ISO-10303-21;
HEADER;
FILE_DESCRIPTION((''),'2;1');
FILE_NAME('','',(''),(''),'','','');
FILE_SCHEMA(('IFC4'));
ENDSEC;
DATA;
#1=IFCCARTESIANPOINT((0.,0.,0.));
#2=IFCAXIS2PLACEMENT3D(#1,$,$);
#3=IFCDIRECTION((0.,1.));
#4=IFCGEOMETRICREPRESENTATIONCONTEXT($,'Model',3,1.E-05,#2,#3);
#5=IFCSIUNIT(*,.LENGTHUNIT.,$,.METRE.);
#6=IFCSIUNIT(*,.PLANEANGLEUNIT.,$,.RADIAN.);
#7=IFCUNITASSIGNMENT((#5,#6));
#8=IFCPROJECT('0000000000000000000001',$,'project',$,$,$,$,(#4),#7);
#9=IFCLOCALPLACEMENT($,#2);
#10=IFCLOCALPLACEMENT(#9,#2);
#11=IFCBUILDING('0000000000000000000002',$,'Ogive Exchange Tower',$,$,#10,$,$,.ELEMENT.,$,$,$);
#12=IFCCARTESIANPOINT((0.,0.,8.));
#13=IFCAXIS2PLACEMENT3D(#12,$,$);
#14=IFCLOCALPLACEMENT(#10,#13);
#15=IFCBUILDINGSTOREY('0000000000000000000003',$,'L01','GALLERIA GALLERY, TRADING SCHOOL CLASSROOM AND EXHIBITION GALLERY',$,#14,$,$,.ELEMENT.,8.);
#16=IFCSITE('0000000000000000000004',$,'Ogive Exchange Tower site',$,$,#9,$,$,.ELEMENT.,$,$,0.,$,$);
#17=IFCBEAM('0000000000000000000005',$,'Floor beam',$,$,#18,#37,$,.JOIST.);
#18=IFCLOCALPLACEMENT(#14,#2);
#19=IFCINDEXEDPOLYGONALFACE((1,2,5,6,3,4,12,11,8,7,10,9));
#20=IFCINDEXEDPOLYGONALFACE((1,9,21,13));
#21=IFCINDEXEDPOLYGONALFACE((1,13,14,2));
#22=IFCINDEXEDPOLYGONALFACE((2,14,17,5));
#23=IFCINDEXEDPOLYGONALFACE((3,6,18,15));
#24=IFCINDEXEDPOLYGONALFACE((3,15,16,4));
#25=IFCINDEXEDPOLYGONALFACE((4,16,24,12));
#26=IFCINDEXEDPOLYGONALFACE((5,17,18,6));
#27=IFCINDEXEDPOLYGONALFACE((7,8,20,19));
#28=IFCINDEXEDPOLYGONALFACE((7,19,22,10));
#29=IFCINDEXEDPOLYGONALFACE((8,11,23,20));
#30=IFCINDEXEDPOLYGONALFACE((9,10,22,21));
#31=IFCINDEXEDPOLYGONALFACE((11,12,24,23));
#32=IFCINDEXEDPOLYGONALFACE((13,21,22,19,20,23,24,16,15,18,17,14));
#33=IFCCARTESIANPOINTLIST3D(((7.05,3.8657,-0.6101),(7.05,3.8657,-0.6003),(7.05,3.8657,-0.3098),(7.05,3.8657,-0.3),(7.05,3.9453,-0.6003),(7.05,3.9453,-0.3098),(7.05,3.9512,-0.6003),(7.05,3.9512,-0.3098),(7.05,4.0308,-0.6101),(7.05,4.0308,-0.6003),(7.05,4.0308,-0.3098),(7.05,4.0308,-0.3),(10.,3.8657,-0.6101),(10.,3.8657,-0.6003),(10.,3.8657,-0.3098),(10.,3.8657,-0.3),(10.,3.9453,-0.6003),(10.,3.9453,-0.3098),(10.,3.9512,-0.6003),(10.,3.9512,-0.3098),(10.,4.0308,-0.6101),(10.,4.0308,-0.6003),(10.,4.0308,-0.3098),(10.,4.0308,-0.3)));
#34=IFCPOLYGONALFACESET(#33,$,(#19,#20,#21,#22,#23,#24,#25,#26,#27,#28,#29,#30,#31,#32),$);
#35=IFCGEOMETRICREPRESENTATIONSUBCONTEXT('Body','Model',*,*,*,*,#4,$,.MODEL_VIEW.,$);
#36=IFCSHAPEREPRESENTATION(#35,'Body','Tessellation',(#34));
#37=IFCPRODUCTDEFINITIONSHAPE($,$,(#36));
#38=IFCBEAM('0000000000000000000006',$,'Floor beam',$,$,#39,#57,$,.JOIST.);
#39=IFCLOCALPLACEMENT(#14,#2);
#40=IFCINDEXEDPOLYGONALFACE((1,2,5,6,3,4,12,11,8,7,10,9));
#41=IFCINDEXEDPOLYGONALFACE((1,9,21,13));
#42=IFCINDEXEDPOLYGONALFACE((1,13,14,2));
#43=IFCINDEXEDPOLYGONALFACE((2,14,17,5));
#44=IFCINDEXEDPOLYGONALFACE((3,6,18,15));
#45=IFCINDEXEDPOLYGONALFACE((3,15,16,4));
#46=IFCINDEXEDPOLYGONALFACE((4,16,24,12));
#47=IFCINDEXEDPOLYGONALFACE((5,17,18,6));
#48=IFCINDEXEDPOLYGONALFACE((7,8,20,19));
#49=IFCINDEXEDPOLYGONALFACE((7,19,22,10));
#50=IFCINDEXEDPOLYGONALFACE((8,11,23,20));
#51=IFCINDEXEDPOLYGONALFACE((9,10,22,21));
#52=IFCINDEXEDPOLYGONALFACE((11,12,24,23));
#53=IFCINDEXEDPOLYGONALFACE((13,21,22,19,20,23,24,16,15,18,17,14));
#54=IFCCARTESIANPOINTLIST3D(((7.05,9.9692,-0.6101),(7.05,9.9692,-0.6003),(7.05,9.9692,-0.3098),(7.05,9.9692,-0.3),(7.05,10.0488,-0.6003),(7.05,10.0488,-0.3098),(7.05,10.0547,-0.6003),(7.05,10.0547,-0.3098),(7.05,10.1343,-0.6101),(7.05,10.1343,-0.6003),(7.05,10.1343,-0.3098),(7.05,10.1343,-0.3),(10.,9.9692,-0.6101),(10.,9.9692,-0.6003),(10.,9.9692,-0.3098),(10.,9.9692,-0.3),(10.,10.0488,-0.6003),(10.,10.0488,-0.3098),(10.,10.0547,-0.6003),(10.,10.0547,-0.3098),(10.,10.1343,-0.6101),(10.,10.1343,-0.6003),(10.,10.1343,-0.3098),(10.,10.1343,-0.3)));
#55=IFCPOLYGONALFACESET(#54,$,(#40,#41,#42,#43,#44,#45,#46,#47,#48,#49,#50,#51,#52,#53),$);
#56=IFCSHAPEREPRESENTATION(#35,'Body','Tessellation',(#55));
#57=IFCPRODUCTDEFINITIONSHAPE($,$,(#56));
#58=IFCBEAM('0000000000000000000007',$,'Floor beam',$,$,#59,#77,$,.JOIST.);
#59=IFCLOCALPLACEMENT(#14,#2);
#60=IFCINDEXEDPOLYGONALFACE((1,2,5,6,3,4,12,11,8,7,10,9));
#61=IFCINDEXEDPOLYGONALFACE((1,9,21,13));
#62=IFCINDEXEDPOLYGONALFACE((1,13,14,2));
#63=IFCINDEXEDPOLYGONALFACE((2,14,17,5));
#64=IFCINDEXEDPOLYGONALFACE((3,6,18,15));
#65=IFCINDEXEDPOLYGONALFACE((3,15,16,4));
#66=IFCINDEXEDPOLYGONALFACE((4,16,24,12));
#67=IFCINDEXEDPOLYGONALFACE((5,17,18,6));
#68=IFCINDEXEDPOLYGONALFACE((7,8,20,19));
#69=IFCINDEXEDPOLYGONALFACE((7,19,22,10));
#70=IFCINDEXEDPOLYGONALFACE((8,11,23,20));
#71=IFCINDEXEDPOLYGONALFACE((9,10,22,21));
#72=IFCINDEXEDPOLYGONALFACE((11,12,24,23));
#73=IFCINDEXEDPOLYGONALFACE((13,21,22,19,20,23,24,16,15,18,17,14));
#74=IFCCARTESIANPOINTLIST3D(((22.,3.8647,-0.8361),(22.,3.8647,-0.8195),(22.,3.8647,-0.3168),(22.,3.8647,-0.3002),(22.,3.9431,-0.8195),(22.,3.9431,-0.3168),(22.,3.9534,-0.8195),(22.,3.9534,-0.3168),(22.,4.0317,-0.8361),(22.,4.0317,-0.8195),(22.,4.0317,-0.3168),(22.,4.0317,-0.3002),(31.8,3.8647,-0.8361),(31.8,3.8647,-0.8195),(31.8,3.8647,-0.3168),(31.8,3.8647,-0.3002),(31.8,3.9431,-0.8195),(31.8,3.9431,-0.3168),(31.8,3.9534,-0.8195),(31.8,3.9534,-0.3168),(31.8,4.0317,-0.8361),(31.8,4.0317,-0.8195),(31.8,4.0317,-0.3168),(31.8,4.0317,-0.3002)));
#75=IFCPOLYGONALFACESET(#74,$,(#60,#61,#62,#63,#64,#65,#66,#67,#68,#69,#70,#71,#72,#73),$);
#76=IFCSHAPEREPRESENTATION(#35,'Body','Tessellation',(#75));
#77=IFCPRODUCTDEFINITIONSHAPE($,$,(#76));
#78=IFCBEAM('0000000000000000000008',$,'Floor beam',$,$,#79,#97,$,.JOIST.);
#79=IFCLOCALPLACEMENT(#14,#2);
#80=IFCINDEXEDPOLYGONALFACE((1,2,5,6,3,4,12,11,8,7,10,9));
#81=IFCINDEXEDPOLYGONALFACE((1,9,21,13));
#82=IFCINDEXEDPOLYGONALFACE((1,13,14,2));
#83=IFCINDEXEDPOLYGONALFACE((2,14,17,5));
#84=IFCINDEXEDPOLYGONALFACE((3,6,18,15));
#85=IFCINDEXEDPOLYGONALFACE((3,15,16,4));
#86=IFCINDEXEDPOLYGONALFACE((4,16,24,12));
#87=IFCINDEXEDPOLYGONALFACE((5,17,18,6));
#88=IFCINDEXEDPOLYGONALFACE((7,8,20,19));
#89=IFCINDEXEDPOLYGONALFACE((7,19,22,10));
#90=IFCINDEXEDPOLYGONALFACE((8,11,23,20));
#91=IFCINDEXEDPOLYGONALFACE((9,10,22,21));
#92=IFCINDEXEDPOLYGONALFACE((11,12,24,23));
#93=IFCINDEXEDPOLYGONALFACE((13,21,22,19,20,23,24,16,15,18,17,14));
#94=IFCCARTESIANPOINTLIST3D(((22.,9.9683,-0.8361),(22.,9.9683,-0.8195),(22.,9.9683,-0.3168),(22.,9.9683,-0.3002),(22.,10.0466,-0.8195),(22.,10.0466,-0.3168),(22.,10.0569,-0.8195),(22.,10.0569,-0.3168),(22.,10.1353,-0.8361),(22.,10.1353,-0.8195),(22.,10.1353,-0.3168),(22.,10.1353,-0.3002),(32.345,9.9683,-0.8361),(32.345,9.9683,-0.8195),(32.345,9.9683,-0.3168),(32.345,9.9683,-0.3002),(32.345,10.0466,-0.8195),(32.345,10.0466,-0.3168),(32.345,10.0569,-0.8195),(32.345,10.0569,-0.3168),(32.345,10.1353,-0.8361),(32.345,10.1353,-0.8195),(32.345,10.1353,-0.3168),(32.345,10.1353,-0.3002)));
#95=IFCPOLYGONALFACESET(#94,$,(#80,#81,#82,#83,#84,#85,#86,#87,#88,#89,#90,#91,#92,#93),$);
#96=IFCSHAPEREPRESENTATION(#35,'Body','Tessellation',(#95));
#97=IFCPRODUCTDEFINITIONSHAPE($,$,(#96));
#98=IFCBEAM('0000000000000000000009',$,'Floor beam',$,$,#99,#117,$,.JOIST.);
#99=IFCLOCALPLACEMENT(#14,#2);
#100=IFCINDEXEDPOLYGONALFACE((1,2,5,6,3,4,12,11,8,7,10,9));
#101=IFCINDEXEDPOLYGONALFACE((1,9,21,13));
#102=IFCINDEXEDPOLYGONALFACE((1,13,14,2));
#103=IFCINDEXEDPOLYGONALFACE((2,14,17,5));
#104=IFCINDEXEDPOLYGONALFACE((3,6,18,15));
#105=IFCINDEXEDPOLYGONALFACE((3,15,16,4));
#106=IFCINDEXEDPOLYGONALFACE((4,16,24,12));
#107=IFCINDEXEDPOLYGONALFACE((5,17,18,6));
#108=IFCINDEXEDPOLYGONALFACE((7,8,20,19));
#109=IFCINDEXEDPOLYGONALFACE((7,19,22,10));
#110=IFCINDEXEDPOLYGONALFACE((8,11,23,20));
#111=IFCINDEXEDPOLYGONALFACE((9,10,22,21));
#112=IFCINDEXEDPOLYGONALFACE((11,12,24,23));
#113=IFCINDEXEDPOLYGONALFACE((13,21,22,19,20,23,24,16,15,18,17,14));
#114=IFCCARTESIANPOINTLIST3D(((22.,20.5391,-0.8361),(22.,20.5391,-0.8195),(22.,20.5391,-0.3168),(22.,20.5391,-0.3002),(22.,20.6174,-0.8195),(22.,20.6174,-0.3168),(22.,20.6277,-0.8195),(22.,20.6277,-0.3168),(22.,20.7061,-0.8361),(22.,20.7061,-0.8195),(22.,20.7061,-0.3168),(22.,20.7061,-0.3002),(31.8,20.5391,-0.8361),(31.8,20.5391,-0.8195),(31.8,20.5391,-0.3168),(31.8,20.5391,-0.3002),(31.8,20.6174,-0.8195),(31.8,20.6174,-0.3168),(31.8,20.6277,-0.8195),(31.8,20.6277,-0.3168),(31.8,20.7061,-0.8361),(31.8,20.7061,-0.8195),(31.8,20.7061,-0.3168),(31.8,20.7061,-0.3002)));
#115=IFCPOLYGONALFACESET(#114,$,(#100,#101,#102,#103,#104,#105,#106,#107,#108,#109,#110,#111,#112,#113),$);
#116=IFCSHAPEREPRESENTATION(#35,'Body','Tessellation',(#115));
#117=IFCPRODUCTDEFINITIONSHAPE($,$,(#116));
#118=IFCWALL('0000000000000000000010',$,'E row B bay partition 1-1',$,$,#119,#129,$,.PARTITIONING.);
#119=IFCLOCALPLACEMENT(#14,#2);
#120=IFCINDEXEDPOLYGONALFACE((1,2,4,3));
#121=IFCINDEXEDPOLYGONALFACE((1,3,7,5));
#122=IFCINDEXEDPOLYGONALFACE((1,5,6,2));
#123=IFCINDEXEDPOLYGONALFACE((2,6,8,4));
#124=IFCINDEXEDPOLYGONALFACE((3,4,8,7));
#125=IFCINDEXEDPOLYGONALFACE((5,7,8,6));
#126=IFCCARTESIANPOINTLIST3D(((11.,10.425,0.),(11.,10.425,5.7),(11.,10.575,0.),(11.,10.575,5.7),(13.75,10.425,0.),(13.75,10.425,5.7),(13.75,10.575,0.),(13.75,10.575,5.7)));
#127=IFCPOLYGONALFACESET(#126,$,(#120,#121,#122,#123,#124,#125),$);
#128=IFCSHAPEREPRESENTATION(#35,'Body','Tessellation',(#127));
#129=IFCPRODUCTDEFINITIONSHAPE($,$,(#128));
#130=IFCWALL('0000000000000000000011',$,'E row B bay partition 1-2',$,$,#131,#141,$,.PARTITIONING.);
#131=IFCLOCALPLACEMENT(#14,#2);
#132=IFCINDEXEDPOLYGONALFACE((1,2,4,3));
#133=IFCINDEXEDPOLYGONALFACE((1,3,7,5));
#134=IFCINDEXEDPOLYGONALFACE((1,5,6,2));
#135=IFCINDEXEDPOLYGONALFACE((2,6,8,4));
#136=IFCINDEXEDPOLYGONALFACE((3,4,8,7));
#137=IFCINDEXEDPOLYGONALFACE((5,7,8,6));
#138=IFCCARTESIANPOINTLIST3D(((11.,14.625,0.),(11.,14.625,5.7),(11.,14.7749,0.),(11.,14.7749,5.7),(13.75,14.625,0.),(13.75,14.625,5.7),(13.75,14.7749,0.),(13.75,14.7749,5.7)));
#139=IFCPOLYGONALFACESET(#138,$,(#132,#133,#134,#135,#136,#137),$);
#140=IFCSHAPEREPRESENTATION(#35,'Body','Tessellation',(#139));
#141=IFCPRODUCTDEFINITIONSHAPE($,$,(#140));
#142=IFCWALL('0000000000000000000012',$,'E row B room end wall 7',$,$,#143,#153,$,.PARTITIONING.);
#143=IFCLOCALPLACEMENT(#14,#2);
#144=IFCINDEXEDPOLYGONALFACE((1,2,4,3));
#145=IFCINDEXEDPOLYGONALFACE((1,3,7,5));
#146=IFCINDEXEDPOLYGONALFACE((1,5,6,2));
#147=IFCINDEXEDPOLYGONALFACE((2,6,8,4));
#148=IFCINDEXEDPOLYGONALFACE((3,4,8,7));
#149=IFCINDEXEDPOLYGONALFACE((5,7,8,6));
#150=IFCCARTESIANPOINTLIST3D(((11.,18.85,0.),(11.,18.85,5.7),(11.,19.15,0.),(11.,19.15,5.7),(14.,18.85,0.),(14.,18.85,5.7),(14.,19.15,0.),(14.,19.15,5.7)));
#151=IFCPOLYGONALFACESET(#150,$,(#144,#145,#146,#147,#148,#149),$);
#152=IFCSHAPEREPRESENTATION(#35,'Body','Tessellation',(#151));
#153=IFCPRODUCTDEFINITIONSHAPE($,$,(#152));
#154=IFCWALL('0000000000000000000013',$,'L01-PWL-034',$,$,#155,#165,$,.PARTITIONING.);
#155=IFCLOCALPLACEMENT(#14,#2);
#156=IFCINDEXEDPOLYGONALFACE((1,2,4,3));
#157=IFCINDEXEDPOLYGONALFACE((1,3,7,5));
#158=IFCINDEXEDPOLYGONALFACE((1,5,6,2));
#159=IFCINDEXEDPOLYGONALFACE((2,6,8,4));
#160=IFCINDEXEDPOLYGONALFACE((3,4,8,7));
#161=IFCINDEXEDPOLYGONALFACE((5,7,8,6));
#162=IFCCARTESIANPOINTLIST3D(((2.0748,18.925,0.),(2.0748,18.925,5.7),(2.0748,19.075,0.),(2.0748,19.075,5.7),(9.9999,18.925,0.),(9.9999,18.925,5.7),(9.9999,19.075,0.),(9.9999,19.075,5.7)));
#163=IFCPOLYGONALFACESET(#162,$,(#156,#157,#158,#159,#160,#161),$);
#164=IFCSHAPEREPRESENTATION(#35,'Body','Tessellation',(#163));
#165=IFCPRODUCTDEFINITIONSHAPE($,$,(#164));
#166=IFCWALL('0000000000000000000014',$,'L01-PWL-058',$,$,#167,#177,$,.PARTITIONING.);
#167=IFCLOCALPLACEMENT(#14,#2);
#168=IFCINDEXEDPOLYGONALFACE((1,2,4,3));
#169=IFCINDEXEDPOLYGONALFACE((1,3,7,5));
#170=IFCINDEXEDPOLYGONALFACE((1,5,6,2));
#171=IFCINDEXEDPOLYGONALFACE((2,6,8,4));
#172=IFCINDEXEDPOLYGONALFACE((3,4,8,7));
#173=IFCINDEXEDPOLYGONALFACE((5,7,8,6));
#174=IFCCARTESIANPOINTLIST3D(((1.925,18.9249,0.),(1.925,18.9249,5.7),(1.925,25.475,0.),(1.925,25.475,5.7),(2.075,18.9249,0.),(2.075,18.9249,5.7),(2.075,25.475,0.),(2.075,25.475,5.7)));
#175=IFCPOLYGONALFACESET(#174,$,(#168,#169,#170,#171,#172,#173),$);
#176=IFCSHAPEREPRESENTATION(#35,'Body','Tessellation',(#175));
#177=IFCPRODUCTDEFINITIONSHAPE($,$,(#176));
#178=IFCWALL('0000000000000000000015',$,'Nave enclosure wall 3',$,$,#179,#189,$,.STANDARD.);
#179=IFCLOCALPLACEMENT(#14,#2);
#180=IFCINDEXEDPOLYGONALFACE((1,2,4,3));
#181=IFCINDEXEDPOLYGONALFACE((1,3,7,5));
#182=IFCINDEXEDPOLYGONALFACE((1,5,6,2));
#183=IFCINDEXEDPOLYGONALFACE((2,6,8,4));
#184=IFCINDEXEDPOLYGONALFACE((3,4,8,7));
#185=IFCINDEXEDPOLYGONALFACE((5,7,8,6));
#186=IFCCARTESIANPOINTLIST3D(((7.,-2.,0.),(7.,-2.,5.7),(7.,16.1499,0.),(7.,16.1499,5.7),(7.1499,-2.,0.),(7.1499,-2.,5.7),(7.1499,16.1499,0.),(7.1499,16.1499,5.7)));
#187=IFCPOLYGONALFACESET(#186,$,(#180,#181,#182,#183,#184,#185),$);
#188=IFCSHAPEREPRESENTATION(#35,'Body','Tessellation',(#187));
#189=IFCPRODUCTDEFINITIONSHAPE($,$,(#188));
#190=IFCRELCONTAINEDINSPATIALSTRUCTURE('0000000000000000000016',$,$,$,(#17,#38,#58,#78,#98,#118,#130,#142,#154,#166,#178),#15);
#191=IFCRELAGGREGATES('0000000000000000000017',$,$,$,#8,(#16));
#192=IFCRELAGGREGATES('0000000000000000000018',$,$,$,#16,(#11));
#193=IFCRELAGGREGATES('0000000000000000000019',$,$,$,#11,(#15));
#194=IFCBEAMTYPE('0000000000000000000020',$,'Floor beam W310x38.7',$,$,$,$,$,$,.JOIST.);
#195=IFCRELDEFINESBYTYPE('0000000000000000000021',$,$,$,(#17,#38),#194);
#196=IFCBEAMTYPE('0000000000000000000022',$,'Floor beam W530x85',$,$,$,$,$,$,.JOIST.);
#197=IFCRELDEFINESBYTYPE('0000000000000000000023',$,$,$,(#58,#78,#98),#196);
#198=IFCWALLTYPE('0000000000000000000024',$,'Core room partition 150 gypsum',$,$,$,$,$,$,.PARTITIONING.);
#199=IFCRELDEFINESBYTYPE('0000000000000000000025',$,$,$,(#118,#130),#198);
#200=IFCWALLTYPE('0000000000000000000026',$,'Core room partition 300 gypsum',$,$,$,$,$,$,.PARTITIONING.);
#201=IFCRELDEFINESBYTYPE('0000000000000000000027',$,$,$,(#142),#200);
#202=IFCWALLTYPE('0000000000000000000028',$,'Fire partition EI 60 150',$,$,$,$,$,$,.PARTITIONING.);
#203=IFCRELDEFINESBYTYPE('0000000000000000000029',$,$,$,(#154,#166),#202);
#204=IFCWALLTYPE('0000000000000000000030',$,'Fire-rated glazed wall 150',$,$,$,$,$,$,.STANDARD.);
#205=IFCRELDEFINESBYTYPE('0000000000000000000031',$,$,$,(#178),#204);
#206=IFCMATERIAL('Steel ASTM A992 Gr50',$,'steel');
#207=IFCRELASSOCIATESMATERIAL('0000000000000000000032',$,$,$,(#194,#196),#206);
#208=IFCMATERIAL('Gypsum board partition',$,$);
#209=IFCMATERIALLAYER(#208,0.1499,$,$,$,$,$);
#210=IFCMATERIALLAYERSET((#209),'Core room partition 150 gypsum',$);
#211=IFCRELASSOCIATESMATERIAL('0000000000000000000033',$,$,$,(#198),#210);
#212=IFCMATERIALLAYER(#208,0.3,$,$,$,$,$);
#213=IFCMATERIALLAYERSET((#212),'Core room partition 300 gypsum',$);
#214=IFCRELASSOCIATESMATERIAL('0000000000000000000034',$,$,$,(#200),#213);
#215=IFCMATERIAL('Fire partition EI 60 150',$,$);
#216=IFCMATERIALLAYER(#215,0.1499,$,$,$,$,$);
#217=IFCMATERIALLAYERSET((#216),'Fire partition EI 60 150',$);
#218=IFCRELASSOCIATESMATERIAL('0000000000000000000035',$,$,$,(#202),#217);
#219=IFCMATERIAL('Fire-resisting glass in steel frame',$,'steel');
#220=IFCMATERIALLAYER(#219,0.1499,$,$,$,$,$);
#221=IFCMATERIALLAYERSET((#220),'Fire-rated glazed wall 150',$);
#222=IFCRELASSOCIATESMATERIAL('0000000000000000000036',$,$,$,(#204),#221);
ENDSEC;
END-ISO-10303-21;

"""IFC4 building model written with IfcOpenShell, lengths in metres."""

from ifc_helpers import new_model, si_unit, direction, frame, frame_2d, origin, origin_2d, place, context, subcontext, project, spatial, rectangle, i_section, extrude, material, layer, layer_set, material_profile, profile_set, type_object, element, save


model = new_model("IFC4")

# Units and contexts
model_context = context("Model", 3, precision=1e-05, world=origin(), true_north=direction((0.0, 1.0)))
body_context = subcontext(model_context, "Body", "Model", "MODEL_VIEW")
ifc_project = project(units=[si_unit("LENGTHUNIT", "METRE"), si_unit("PLANEANGLEUNIT", "RADIAN")], contexts=[model_context])

# Site, building, storey
site_placement = place(None, origin())
site = spatial("IfcSite", under=ifc_project, at=site_placement, Name="Ogive Exchange Tower site", CompositionType="ELEMENT", RefElevation=0.0)
building_placement = place(site_placement, origin())
building = spatial("IfcBuilding", under=site, at=building_placement, Name="Ogive Exchange Tower", CompositionType="ELEMENT")
storey_placement = place(building_placement, frame((0.0, 0.0, 8.0)))
storey = spatial("IfcBuildingStorey", under=building, at=storey_placement, Name="L01", Description="GALLERIA GALLERY, TRADING SCHOOL CLASSROOM AND EXHIBITION GALLERY", CompositionType="ELEMENT", Elevation=8.0)

# Beams
ifc_material_1 = material(Name="Steel ASTM A992 Gr50", Category="steel")
ifc_material_profile_1 = material_profile(ifc_material_1, i_section(OverallWidth=0.165, OverallDepth=0.3101, WebThickness=0.0059, FlangeThickness=0.0098, at=origin_2d()), Name="W310x38.7")
ifc_profile_set_1 = profile_set([ifc_material_profile_1], Name="Steel ASTM A992 Gr50")
beam_type_1 = type_object("IfcBeamType", Name="Floor beam W310x38.7", PredefinedType="JOIST", material=ifc_profile_set_1)
for number, where, z_axis, x_axis, name in (
    (1, (7.05, 3.9482, -0.4551), (1.0, 0.0, 0.0), (0.0, 1.0, 0.0), "Floor beam"),
    (2, (7.05, 10.0518, -0.4551), (1.0, 0.0, 0.0), (0.0, 1.0, 0.0), "Floor beam"),
):
    element("IfcBeam", number, at=place(storey_placement, frame(where, z_axis=z_axis, x_axis=x_axis)), inside=storey, type_object=beam_type_1, Name=name, PredefinedType="JOIST", context=body_context, shape_type="SweptSolid", body=[
        extrude(i_section(OverallWidth=0.165, OverallDepth=0.3101, WebThickness=0.0059, FlangeThickness=0.0098, at=origin_2d()), origin(), (0.0, 0.0, 1.0), 2.95),
    ])
ifc_material_profile_2 = material_profile(ifc_material_1, i_section(OverallWidth=0.167, OverallDepth=0.5359, WebThickness=0.0103, FlangeThickness=0.0166, at=origin_2d()), Name="W530x85")
ifc_profile_set_2 = profile_set([ifc_material_profile_2], Name="Steel ASTM A992 Gr50")
beam_type_2 = type_object("IfcBeamType", Name="Floor beam W530x85", PredefinedType="JOIST", material=ifc_profile_set_2)
beam_1_placement = place(storey_placement, frame((22.0, 3.9482, -0.5681), z_axis=(1.0, 0.0, 0.0), x_axis=(0.0, 1.0, 0.0)))
element("IfcBeam", 3, at=beam_1_placement, inside=storey, type_object=beam_type_2, Name="Floor beam", PredefinedType="JOIST", context=body_context, shape_type="SweptSolid", body=[
    extrude(i_section(OverallWidth=0.167, OverallDepth=0.5359, WebThickness=0.0103, FlangeThickness=0.0166, at=origin_2d()), origin(), (0.0, 0.0, 1.0), 9.8),
])
beam_2_placement = place(storey_placement, frame((22.0, 10.0518, -0.5681), z_axis=(1.0, 0.0, 0.0), x_axis=(0.0, 1.0, 0.0)))
element("IfcBeam", 4, at=beam_2_placement, inside=storey, type_object=beam_type_2, Name="Floor beam", PredefinedType="JOIST", context=body_context, shape_type="SweptSolid", body=[
    extrude(i_section(OverallWidth=0.167, OverallDepth=0.5359, WebThickness=0.0103, FlangeThickness=0.0166, at=origin_2d()), origin(), (0.0, 0.0, 1.0), 10.345),
])
beam_3_placement = place(storey_placement, frame((22.0, 20.6226, -0.5681), z_axis=(1.0, 0.0, 0.0), x_axis=(0.0, 1.0, 0.0)))
element("IfcBeam", 5, at=beam_3_placement, inside=storey, type_object=beam_type_2, Name="Floor beam", PredefinedType="JOIST", context=body_context, shape_type="SweptSolid", body=[
    extrude(i_section(OverallWidth=0.167, OverallDepth=0.5359, WebThickness=0.0103, FlangeThickness=0.0166, at=origin_2d()), origin(), (0.0, 0.0, 1.0), 9.8),
])

# Walls
ifc_material_2 = material(Name="Gypsum board partition")
ifc_layer_1 = layer(ifc_material_2, 0.1499)
ifc_layer_set_1 = layer_set([ifc_layer_1], Name="Core room partition 150 gypsum")
wall_type_1 = type_object("IfcWallType", Name="Core room partition 150 gypsum", PredefinedType="PARTITIONING", material=ifc_layer_set_1)
for number, where, z_axis, x_axis, name in (
    (6, (11.0, 10.5, 0.0), (0.0, 0.0, 1.0), (1.0, 0.0, 0.0), "E row B bay partition 1-1"),
    (7, (11.0, 14.7, 0.0), (0.0, 0.0, 1.0), (1.0, 0.0, 0.0), "E row B bay partition 1-2"),
):
    element("IfcWall", number, at=place(storey_placement, frame(where, z_axis=z_axis, x_axis=x_axis)), inside=storey, type_object=wall_type_1, Name=name, PredefinedType="PARTITIONING", context=body_context, shape_type="SweptSolid", body=[
        extrude(rectangle(XDim=2.75, YDim=0.1499, at=frame_2d((1.375, 0.0))), origin(), (0.0, 0.0, 1.0), 5.7),
    ])
ifc_layer_2 = layer(ifc_material_2, 0.3)
ifc_layer_set_2 = layer_set([ifc_layer_2], Name="Core room partition 300 gypsum")
wall_type_2 = type_object("IfcWallType", Name="Core room partition 300 gypsum", PredefinedType="PARTITIONING", material=ifc_layer_set_2)
wall_1_placement = place(storey_placement, frame((11.0, 19.0, 0.0), z_axis=(0.0, 0.0, 1.0), x_axis=(1.0, 0.0, 0.0)))
element("IfcWall", 8, at=wall_1_placement, inside=storey, type_object=wall_type_2, Name="E row B room end wall 7", PredefinedType="PARTITIONING", context=body_context, shape_type="SweptSolid", body=[
    extrude(rectangle(XDim=3.0, YDim=0.3, at=frame_2d((1.5, 0.0))), origin(), (0.0, 0.0, 1.0), 5.7),
])
ifc_material_3 = material(Name="Fire partition EI 60 150")
ifc_layer_3 = layer(ifc_material_3, 0.1499)
ifc_layer_set_3 = layer_set([ifc_layer_3], Name="Fire partition EI 60 150")
wall_type_3 = type_object("IfcWallType", Name="Fire partition EI 60 150", PredefinedType="PARTITIONING", material=ifc_layer_set_3)
wall_2_placement = place(storey_placement, frame((2.075, 19.0, 0.0), z_axis=(0.0, 0.0, 1.0), x_axis=(1.0, 0.0, 0.0)))
element("IfcWall", 9, at=wall_2_placement, inside=storey, type_object=wall_type_3, Name="L01-PWL-034", PredefinedType="PARTITIONING", context=body_context, shape_type="SweptSolid", body=[
    extrude(rectangle(XDim=7.925, YDim=0.1499, at=frame_2d((3.9624, 0.0))), origin(), (0.0, 0.0, 1.0), 5.7),
])
wall_3_placement = place(storey_placement, frame((2.0, 18.925, 0.0), z_axis=(0.0, 0.0, 1.0), x_axis=(0.0, 1.0, 0.0)))
element("IfcWall", 10, at=wall_3_placement, inside=storey, type_object=wall_type_3, Name="L01-PWL-058", PredefinedType="PARTITIONING", context=body_context, shape_type="SweptSolid", body=[
    extrude(rectangle(XDim=6.55, YDim=0.1499, at=frame_2d((3.2749, 0.0))), origin(), (0.0, 0.0, 1.0), 5.7),
])
ifc_material_4 = material(Name="Fire-resisting glass in steel frame", Category="steel")
ifc_layer_4 = layer(ifc_material_4, 0.1499)
ifc_layer_set_4 = layer_set([ifc_layer_4], Name="Fire-rated glazed wall 150")
wall_type_4 = type_object("IfcWallType", Name="Fire-rated glazed wall 150", PredefinedType="STANDARD", material=ifc_layer_set_4)
wall_4_placement = place(storey_placement, frame((7.075, 16.1499, 0.0), z_axis=(0.0, 0.0, 1.0), x_axis=(0.0, -1.0, 0.0)))
element("IfcWall", 11, at=wall_4_placement, inside=storey, type_object=wall_type_4, Name="Nave enclosure wall 3", PredefinedType="STANDARD", context=body_context, shape_type="SweptSolid", body=[
    extrude(rectangle(XDim=18.1499, YDim=0.1499, at=frame_2d((9.075, 0.0))), origin(), (0.0, 0.0, 1.0), 5.7),
])

save(model, "model.ifc")
